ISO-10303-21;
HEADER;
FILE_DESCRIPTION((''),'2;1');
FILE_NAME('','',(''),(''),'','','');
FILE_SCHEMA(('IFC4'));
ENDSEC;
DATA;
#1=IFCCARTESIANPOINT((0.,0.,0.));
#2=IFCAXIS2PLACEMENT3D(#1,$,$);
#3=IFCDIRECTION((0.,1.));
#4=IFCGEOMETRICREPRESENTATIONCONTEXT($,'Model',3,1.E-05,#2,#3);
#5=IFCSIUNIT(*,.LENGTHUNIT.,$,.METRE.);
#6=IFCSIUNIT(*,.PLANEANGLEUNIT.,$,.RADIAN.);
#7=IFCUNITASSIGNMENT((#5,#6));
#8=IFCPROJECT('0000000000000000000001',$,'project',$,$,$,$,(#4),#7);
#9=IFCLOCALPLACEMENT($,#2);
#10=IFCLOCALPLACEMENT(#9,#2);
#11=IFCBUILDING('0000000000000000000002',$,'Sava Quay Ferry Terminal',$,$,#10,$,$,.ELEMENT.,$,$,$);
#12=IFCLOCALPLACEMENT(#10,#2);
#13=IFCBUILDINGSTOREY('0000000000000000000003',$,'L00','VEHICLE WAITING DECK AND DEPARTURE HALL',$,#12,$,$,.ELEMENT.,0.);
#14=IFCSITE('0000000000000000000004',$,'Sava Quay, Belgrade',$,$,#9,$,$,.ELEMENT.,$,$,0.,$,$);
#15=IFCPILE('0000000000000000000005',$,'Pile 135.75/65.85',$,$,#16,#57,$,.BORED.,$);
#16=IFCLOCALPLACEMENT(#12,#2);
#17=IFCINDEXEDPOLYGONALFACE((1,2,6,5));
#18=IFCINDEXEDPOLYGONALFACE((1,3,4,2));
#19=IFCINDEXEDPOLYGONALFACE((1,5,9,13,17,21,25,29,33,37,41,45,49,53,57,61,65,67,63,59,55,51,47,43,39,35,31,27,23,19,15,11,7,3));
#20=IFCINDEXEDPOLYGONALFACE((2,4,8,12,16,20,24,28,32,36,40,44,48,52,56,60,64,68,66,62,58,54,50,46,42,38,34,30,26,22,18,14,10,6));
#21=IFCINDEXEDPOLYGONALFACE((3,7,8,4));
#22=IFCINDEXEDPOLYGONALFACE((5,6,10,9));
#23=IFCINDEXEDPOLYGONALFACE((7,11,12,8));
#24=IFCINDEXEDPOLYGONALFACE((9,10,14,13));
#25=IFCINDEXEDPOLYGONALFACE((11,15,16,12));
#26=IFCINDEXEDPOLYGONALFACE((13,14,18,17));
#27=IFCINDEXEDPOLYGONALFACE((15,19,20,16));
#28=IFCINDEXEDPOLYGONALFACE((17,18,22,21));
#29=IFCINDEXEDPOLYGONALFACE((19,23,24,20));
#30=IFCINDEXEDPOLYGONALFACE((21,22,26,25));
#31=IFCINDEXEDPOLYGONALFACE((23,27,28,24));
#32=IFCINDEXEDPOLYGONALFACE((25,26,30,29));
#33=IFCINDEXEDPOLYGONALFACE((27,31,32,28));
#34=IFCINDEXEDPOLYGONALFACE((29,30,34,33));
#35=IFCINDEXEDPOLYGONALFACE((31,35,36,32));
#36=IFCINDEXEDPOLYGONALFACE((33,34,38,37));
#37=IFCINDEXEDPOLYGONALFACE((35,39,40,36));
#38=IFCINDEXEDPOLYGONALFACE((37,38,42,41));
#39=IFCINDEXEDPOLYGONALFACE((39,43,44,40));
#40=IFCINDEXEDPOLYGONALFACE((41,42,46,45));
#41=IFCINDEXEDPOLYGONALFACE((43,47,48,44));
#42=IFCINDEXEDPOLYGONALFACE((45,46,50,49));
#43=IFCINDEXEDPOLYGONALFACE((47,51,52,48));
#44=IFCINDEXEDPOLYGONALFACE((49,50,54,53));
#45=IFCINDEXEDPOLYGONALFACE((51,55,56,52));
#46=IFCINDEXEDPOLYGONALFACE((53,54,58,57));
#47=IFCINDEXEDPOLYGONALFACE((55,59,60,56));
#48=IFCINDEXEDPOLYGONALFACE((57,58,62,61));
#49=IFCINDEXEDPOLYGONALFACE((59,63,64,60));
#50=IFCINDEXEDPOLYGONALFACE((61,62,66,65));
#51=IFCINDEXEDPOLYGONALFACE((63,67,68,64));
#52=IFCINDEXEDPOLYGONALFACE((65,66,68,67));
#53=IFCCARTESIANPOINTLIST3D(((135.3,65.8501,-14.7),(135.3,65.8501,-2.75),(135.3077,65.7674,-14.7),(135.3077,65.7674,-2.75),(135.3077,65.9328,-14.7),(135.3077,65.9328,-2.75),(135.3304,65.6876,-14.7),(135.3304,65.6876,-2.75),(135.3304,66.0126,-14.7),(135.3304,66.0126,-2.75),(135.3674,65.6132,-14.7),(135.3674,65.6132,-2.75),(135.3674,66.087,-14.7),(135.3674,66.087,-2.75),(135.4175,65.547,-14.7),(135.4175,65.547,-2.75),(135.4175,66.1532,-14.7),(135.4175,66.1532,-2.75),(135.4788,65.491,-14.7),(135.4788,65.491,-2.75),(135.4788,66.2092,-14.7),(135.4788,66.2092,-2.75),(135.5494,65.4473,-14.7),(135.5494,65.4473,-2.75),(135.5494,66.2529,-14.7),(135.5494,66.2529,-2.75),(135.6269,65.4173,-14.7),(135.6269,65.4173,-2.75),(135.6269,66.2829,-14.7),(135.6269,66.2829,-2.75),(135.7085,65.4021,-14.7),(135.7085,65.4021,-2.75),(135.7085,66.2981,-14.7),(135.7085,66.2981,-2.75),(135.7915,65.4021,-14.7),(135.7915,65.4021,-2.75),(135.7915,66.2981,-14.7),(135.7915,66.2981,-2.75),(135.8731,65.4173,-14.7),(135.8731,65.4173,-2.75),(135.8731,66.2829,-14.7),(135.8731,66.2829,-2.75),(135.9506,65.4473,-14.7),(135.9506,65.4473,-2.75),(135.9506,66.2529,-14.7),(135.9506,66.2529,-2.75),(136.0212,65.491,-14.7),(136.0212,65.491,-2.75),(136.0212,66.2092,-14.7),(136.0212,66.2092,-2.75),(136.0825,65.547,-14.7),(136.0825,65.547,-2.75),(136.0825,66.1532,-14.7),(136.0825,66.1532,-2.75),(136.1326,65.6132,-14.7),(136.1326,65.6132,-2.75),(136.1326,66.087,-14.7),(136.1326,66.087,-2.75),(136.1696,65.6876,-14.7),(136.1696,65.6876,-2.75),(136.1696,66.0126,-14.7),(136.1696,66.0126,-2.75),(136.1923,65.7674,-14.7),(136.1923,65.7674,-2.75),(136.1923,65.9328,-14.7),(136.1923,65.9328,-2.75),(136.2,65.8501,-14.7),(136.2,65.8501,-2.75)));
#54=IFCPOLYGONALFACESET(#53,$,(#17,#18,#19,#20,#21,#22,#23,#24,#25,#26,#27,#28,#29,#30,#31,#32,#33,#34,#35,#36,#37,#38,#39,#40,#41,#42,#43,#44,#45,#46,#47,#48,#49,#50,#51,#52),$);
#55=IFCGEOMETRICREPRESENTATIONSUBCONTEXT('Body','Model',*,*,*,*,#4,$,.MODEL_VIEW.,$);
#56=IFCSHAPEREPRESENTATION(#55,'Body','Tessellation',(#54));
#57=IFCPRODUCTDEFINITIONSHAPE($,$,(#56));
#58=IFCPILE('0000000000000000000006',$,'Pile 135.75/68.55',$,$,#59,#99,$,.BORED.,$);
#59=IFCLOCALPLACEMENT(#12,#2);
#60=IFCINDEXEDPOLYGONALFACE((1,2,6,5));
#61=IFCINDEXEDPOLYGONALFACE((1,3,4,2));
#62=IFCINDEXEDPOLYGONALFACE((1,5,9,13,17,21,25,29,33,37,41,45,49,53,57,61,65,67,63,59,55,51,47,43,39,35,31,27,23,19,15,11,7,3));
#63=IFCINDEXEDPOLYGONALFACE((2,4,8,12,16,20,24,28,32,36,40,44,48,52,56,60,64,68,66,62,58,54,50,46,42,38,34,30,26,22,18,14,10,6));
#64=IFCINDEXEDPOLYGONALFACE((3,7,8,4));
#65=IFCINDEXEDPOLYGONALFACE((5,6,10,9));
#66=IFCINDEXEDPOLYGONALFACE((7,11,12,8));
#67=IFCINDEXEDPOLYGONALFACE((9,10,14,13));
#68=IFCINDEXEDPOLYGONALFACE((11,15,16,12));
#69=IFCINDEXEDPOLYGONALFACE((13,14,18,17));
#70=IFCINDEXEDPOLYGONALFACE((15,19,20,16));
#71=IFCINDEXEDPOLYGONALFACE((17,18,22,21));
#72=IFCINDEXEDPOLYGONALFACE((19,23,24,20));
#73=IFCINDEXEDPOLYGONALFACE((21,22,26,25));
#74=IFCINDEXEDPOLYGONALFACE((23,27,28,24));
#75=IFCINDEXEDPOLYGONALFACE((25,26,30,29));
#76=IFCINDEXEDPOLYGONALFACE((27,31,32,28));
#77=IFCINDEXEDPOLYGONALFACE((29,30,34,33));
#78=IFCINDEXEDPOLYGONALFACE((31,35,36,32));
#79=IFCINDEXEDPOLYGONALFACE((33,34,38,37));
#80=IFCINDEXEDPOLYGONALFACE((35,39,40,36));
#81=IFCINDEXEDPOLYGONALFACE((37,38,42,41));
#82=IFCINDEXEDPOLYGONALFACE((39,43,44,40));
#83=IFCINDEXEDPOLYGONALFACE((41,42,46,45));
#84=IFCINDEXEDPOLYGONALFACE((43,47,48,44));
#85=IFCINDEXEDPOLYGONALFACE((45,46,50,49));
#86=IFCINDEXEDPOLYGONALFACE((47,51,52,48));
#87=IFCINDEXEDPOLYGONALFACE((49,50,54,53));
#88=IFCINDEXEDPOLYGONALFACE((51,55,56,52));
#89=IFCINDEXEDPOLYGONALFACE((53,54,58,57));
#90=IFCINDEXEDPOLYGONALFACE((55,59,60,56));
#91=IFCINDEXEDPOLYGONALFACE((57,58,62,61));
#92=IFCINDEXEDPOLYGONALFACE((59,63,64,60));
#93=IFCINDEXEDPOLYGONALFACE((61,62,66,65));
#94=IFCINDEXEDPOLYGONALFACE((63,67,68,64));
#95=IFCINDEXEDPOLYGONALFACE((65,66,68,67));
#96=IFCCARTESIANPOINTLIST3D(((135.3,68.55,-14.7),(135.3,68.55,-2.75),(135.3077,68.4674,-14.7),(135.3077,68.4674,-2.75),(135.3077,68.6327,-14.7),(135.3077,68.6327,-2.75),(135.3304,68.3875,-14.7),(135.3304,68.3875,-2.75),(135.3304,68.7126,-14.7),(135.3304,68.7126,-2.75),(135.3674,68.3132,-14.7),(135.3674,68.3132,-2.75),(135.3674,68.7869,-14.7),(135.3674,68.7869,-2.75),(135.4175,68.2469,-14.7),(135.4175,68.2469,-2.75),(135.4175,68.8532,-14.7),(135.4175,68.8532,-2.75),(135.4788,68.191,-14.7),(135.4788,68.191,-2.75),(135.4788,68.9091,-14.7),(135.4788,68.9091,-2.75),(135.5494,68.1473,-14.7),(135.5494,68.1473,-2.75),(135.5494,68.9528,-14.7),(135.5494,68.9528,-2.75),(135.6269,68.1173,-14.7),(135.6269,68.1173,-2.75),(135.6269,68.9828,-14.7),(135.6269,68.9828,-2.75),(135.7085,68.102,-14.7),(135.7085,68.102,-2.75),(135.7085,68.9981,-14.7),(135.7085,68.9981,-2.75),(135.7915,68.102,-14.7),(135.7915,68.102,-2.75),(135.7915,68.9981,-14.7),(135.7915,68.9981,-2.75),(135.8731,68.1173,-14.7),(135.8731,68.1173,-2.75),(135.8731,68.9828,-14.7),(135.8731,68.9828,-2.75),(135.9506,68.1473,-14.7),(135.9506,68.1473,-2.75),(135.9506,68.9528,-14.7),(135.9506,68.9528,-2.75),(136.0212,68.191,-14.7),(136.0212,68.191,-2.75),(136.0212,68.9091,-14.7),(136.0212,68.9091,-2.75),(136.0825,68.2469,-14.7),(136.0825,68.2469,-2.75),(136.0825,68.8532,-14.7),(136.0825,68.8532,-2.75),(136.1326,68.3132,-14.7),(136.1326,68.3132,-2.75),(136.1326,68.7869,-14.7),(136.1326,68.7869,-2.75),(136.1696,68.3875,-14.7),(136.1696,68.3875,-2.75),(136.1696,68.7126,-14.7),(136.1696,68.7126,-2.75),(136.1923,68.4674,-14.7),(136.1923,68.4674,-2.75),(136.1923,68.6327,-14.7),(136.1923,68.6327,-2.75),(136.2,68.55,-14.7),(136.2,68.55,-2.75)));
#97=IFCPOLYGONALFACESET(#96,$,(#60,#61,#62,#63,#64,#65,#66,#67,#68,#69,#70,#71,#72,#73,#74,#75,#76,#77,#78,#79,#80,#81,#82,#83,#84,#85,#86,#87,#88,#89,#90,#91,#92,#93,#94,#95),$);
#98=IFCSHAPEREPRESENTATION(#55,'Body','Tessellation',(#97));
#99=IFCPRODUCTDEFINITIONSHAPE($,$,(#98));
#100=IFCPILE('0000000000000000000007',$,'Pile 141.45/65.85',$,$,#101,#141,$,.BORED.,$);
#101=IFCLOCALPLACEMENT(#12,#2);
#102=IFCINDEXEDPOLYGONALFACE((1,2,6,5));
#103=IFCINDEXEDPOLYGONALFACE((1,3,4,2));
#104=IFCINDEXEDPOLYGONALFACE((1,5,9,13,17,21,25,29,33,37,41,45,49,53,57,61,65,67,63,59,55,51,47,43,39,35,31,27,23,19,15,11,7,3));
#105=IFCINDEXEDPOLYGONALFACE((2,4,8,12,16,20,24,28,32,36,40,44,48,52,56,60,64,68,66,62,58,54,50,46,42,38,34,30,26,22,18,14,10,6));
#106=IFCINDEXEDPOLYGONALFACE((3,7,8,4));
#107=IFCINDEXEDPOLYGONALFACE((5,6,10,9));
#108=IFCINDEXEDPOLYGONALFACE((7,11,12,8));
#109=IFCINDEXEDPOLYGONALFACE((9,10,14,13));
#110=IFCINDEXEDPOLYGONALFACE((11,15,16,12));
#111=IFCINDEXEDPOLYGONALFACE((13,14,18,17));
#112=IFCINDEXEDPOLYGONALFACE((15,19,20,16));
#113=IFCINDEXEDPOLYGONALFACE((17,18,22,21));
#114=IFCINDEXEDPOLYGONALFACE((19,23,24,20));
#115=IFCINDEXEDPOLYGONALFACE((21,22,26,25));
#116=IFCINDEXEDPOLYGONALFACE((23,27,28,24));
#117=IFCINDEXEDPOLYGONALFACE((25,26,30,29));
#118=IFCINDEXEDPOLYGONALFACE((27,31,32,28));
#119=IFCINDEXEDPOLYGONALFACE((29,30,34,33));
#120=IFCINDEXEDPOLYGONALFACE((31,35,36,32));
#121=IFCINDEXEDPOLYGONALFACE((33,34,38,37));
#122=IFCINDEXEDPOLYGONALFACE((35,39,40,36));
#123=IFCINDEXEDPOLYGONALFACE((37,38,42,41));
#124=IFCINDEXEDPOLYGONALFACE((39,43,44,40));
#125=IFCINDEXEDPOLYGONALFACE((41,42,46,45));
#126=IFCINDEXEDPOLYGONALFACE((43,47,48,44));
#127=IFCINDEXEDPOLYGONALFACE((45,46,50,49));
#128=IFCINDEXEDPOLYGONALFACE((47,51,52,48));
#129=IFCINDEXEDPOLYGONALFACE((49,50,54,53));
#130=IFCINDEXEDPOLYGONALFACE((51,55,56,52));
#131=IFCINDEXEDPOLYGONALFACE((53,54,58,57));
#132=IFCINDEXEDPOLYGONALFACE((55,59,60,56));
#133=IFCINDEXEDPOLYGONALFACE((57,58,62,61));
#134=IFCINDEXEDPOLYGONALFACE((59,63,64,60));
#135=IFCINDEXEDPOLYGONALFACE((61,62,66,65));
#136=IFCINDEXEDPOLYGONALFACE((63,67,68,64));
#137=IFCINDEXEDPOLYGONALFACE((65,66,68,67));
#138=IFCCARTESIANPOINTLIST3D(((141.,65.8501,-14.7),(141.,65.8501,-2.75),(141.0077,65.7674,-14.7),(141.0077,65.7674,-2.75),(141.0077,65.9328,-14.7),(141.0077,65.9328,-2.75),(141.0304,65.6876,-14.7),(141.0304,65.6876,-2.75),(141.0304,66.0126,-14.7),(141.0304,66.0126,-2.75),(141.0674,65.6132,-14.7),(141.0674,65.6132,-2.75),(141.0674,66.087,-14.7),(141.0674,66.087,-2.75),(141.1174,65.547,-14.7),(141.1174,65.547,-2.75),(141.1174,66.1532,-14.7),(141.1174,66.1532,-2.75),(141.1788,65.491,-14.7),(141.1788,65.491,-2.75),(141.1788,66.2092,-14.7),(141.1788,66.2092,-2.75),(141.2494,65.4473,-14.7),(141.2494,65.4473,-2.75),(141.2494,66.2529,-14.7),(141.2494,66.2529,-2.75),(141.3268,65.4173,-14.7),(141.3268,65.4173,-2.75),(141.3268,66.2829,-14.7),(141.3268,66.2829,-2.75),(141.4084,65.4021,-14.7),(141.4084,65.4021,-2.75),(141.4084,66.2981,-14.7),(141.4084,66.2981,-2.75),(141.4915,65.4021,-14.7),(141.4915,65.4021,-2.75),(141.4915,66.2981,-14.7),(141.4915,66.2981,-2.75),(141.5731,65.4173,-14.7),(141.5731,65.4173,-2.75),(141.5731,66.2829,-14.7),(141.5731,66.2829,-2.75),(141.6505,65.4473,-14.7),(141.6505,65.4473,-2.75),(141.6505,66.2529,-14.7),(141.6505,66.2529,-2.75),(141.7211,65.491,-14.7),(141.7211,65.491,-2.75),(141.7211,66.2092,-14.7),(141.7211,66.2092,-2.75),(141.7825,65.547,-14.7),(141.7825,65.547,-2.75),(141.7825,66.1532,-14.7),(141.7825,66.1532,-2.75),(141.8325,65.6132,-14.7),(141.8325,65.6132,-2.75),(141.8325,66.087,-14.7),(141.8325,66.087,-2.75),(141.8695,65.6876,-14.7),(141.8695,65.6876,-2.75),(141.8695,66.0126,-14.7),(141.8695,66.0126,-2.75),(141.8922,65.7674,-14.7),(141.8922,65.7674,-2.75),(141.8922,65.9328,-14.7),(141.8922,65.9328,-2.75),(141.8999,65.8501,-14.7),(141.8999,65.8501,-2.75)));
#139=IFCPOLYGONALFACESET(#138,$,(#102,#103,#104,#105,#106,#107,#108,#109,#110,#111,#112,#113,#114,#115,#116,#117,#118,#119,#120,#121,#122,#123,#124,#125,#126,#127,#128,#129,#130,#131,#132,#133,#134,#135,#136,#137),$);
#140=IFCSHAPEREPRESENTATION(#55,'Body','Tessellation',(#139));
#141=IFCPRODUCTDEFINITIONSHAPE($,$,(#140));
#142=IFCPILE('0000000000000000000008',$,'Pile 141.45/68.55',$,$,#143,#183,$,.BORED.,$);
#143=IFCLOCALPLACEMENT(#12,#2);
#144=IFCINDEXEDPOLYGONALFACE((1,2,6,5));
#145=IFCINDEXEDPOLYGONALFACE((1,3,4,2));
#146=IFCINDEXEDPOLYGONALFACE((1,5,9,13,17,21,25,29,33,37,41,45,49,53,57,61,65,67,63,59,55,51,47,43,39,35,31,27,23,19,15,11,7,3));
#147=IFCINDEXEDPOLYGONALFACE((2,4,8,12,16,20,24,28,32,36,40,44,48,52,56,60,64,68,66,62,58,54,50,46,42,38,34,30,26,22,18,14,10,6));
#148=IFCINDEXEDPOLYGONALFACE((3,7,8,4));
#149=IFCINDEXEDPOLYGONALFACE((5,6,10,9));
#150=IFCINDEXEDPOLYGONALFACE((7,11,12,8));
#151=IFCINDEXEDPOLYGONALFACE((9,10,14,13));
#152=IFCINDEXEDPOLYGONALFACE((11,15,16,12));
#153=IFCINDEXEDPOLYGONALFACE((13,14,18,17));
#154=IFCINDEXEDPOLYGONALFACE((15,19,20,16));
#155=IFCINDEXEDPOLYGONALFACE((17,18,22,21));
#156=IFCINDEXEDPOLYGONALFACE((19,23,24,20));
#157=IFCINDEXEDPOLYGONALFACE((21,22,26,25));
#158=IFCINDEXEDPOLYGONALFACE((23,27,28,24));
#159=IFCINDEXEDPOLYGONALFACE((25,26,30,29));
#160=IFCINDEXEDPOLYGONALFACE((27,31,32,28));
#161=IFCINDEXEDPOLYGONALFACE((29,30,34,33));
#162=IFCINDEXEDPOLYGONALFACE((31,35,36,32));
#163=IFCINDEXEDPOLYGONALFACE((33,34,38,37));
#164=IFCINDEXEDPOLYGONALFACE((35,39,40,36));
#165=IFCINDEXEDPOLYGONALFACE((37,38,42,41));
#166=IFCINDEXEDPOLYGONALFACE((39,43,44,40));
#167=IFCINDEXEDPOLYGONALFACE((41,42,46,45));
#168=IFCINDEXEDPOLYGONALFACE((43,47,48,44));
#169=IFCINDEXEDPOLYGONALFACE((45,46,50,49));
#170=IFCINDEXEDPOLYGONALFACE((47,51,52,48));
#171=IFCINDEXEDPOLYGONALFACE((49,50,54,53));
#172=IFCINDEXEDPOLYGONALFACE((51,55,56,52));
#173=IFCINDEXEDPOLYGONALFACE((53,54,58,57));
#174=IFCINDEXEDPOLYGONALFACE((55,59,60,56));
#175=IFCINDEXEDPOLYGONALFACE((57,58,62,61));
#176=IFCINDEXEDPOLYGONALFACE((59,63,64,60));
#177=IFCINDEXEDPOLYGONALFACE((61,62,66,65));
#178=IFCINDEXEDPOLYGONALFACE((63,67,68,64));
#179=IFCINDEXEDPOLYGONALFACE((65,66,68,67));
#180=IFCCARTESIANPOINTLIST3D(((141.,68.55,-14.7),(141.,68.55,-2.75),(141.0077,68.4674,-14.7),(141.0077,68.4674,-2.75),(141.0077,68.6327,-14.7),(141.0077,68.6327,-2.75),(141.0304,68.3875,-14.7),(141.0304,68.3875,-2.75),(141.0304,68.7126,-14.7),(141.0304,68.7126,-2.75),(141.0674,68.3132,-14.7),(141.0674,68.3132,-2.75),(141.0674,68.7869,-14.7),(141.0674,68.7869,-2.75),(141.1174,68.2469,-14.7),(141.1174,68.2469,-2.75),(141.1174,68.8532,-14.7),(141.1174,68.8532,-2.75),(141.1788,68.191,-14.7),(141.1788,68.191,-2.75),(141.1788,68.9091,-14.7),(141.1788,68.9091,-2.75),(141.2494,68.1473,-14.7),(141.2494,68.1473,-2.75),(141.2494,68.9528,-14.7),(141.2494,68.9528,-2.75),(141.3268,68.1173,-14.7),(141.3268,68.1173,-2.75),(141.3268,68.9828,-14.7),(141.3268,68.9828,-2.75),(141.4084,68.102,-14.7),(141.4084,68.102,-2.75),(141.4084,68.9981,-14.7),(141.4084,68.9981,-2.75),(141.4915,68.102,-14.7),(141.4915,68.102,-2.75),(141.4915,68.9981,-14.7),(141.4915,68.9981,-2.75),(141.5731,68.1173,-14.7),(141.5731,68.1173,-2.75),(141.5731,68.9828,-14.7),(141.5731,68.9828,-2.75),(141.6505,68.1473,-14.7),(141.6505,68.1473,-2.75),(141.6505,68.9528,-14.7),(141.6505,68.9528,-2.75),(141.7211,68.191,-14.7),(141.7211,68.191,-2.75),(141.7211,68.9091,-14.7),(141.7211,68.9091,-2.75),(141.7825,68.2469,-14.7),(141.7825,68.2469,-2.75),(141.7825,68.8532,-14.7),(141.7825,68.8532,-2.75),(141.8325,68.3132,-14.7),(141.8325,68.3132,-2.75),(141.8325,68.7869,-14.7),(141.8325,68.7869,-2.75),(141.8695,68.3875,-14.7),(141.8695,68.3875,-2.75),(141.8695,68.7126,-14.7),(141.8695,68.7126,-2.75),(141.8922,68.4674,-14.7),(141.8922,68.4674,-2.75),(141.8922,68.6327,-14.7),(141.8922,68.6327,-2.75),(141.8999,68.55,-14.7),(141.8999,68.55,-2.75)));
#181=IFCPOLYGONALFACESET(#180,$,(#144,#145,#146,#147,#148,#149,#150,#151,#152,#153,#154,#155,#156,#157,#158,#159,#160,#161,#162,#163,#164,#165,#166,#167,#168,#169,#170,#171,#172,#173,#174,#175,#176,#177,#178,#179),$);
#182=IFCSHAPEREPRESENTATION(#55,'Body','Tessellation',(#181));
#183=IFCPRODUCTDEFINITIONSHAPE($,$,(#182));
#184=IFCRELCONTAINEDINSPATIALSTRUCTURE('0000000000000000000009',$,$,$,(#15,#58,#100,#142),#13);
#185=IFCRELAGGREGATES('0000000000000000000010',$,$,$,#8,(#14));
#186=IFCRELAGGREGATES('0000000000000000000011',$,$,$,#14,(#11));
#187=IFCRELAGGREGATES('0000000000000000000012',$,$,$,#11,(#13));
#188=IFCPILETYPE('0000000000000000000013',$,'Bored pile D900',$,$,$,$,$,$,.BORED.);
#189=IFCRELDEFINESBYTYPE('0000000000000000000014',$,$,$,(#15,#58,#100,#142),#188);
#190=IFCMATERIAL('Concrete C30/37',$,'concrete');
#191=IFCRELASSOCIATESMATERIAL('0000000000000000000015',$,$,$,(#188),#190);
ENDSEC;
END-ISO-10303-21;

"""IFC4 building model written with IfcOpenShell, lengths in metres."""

from ifc_helpers import new_model, si_unit, direction, frame, origin, origin_2d, place, context, subcontext, project, spatial, circle, extrude, material, material_profile, profile_set, type_object, element, save


model = new_model("IFC4")

# Units and contexts
model_context = context("Model", 3, precision=1e-05, world=origin(), true_north=direction((0.0, 1.0)))
body_context = subcontext(model_context, "Body", "Model", "MODEL_VIEW")
ifc_project = project(units=[si_unit("LENGTHUNIT", "METRE"), si_unit("PLANEANGLEUNIT", "RADIAN")], contexts=[model_context])

# Site, building, storey
site_placement = place(None, origin())
site = spatial("IfcSite", under=ifc_project, at=site_placement, Name="Sava Quay, Belgrade", CompositionType="ELEMENT", RefElevation=0.0)
building_placement = place(site_placement, origin())
building = spatial("IfcBuilding", under=site, at=building_placement, Name="Sava Quay Ferry Terminal", CompositionType="ELEMENT")
storey_placement = place(building_placement, origin())
storey = spatial("IfcBuildingStorey", under=building, at=storey_placement, Name="L00", Description="VEHICLE WAITING DECK AND DEPARTURE HALL", CompositionType="ELEMENT", Elevation=0.0)

# Piles
ifc_material_1 = material(Name="Concrete C30/37", Category="concrete")
ifc_material_profile_1 = material_profile(ifc_material_1, circle(Radius=0.45, at=origin_2d()), Name="Bored pile D900")
ifc_profile_set_1 = profile_set([ifc_material_profile_1], Name="Concrete C30/37")
pile_type = type_object("IfcPileType", Name="Bored pile D900", PredefinedType="BORED", material=ifc_profile_set_1)
for number, where, z_axis, x_axis, name in (
    (1, (135.75, 65.8501, -2.75), (0.0, 0.0, -1.0), (1.0, 0.0, 0.0), "Pile 135.75/65.85"),
    (2, (135.75, 68.55, -2.75), (0.0, 0.0, -1.0), (1.0, 0.0, 0.0), "Pile 135.75/68.55"),
    (3, (141.45, 65.8501, -2.75), (0.0, 0.0, -1.0), (1.0, 0.0, 0.0), "Pile 141.45/65.85"),
    (4, (141.45, 68.55, -2.75), (0.0, 0.0, -1.0), (1.0, 0.0, 0.0), "Pile 141.45/68.55"),
):
    element("IfcPile", number, at=place(storey_placement, frame(where, z_axis=z_axis, x_axis=x_axis)), inside=storey, type_object=pile_type, Name=name, PredefinedType="BORED", context=body_context, shape_type="SweptSolid", body=[
        extrude(circle(Radius=0.45, at=origin_2d()), origin(), (0.0, 0.0, 1.0), 11.95),
    ])

save(model, "model.ifc")
